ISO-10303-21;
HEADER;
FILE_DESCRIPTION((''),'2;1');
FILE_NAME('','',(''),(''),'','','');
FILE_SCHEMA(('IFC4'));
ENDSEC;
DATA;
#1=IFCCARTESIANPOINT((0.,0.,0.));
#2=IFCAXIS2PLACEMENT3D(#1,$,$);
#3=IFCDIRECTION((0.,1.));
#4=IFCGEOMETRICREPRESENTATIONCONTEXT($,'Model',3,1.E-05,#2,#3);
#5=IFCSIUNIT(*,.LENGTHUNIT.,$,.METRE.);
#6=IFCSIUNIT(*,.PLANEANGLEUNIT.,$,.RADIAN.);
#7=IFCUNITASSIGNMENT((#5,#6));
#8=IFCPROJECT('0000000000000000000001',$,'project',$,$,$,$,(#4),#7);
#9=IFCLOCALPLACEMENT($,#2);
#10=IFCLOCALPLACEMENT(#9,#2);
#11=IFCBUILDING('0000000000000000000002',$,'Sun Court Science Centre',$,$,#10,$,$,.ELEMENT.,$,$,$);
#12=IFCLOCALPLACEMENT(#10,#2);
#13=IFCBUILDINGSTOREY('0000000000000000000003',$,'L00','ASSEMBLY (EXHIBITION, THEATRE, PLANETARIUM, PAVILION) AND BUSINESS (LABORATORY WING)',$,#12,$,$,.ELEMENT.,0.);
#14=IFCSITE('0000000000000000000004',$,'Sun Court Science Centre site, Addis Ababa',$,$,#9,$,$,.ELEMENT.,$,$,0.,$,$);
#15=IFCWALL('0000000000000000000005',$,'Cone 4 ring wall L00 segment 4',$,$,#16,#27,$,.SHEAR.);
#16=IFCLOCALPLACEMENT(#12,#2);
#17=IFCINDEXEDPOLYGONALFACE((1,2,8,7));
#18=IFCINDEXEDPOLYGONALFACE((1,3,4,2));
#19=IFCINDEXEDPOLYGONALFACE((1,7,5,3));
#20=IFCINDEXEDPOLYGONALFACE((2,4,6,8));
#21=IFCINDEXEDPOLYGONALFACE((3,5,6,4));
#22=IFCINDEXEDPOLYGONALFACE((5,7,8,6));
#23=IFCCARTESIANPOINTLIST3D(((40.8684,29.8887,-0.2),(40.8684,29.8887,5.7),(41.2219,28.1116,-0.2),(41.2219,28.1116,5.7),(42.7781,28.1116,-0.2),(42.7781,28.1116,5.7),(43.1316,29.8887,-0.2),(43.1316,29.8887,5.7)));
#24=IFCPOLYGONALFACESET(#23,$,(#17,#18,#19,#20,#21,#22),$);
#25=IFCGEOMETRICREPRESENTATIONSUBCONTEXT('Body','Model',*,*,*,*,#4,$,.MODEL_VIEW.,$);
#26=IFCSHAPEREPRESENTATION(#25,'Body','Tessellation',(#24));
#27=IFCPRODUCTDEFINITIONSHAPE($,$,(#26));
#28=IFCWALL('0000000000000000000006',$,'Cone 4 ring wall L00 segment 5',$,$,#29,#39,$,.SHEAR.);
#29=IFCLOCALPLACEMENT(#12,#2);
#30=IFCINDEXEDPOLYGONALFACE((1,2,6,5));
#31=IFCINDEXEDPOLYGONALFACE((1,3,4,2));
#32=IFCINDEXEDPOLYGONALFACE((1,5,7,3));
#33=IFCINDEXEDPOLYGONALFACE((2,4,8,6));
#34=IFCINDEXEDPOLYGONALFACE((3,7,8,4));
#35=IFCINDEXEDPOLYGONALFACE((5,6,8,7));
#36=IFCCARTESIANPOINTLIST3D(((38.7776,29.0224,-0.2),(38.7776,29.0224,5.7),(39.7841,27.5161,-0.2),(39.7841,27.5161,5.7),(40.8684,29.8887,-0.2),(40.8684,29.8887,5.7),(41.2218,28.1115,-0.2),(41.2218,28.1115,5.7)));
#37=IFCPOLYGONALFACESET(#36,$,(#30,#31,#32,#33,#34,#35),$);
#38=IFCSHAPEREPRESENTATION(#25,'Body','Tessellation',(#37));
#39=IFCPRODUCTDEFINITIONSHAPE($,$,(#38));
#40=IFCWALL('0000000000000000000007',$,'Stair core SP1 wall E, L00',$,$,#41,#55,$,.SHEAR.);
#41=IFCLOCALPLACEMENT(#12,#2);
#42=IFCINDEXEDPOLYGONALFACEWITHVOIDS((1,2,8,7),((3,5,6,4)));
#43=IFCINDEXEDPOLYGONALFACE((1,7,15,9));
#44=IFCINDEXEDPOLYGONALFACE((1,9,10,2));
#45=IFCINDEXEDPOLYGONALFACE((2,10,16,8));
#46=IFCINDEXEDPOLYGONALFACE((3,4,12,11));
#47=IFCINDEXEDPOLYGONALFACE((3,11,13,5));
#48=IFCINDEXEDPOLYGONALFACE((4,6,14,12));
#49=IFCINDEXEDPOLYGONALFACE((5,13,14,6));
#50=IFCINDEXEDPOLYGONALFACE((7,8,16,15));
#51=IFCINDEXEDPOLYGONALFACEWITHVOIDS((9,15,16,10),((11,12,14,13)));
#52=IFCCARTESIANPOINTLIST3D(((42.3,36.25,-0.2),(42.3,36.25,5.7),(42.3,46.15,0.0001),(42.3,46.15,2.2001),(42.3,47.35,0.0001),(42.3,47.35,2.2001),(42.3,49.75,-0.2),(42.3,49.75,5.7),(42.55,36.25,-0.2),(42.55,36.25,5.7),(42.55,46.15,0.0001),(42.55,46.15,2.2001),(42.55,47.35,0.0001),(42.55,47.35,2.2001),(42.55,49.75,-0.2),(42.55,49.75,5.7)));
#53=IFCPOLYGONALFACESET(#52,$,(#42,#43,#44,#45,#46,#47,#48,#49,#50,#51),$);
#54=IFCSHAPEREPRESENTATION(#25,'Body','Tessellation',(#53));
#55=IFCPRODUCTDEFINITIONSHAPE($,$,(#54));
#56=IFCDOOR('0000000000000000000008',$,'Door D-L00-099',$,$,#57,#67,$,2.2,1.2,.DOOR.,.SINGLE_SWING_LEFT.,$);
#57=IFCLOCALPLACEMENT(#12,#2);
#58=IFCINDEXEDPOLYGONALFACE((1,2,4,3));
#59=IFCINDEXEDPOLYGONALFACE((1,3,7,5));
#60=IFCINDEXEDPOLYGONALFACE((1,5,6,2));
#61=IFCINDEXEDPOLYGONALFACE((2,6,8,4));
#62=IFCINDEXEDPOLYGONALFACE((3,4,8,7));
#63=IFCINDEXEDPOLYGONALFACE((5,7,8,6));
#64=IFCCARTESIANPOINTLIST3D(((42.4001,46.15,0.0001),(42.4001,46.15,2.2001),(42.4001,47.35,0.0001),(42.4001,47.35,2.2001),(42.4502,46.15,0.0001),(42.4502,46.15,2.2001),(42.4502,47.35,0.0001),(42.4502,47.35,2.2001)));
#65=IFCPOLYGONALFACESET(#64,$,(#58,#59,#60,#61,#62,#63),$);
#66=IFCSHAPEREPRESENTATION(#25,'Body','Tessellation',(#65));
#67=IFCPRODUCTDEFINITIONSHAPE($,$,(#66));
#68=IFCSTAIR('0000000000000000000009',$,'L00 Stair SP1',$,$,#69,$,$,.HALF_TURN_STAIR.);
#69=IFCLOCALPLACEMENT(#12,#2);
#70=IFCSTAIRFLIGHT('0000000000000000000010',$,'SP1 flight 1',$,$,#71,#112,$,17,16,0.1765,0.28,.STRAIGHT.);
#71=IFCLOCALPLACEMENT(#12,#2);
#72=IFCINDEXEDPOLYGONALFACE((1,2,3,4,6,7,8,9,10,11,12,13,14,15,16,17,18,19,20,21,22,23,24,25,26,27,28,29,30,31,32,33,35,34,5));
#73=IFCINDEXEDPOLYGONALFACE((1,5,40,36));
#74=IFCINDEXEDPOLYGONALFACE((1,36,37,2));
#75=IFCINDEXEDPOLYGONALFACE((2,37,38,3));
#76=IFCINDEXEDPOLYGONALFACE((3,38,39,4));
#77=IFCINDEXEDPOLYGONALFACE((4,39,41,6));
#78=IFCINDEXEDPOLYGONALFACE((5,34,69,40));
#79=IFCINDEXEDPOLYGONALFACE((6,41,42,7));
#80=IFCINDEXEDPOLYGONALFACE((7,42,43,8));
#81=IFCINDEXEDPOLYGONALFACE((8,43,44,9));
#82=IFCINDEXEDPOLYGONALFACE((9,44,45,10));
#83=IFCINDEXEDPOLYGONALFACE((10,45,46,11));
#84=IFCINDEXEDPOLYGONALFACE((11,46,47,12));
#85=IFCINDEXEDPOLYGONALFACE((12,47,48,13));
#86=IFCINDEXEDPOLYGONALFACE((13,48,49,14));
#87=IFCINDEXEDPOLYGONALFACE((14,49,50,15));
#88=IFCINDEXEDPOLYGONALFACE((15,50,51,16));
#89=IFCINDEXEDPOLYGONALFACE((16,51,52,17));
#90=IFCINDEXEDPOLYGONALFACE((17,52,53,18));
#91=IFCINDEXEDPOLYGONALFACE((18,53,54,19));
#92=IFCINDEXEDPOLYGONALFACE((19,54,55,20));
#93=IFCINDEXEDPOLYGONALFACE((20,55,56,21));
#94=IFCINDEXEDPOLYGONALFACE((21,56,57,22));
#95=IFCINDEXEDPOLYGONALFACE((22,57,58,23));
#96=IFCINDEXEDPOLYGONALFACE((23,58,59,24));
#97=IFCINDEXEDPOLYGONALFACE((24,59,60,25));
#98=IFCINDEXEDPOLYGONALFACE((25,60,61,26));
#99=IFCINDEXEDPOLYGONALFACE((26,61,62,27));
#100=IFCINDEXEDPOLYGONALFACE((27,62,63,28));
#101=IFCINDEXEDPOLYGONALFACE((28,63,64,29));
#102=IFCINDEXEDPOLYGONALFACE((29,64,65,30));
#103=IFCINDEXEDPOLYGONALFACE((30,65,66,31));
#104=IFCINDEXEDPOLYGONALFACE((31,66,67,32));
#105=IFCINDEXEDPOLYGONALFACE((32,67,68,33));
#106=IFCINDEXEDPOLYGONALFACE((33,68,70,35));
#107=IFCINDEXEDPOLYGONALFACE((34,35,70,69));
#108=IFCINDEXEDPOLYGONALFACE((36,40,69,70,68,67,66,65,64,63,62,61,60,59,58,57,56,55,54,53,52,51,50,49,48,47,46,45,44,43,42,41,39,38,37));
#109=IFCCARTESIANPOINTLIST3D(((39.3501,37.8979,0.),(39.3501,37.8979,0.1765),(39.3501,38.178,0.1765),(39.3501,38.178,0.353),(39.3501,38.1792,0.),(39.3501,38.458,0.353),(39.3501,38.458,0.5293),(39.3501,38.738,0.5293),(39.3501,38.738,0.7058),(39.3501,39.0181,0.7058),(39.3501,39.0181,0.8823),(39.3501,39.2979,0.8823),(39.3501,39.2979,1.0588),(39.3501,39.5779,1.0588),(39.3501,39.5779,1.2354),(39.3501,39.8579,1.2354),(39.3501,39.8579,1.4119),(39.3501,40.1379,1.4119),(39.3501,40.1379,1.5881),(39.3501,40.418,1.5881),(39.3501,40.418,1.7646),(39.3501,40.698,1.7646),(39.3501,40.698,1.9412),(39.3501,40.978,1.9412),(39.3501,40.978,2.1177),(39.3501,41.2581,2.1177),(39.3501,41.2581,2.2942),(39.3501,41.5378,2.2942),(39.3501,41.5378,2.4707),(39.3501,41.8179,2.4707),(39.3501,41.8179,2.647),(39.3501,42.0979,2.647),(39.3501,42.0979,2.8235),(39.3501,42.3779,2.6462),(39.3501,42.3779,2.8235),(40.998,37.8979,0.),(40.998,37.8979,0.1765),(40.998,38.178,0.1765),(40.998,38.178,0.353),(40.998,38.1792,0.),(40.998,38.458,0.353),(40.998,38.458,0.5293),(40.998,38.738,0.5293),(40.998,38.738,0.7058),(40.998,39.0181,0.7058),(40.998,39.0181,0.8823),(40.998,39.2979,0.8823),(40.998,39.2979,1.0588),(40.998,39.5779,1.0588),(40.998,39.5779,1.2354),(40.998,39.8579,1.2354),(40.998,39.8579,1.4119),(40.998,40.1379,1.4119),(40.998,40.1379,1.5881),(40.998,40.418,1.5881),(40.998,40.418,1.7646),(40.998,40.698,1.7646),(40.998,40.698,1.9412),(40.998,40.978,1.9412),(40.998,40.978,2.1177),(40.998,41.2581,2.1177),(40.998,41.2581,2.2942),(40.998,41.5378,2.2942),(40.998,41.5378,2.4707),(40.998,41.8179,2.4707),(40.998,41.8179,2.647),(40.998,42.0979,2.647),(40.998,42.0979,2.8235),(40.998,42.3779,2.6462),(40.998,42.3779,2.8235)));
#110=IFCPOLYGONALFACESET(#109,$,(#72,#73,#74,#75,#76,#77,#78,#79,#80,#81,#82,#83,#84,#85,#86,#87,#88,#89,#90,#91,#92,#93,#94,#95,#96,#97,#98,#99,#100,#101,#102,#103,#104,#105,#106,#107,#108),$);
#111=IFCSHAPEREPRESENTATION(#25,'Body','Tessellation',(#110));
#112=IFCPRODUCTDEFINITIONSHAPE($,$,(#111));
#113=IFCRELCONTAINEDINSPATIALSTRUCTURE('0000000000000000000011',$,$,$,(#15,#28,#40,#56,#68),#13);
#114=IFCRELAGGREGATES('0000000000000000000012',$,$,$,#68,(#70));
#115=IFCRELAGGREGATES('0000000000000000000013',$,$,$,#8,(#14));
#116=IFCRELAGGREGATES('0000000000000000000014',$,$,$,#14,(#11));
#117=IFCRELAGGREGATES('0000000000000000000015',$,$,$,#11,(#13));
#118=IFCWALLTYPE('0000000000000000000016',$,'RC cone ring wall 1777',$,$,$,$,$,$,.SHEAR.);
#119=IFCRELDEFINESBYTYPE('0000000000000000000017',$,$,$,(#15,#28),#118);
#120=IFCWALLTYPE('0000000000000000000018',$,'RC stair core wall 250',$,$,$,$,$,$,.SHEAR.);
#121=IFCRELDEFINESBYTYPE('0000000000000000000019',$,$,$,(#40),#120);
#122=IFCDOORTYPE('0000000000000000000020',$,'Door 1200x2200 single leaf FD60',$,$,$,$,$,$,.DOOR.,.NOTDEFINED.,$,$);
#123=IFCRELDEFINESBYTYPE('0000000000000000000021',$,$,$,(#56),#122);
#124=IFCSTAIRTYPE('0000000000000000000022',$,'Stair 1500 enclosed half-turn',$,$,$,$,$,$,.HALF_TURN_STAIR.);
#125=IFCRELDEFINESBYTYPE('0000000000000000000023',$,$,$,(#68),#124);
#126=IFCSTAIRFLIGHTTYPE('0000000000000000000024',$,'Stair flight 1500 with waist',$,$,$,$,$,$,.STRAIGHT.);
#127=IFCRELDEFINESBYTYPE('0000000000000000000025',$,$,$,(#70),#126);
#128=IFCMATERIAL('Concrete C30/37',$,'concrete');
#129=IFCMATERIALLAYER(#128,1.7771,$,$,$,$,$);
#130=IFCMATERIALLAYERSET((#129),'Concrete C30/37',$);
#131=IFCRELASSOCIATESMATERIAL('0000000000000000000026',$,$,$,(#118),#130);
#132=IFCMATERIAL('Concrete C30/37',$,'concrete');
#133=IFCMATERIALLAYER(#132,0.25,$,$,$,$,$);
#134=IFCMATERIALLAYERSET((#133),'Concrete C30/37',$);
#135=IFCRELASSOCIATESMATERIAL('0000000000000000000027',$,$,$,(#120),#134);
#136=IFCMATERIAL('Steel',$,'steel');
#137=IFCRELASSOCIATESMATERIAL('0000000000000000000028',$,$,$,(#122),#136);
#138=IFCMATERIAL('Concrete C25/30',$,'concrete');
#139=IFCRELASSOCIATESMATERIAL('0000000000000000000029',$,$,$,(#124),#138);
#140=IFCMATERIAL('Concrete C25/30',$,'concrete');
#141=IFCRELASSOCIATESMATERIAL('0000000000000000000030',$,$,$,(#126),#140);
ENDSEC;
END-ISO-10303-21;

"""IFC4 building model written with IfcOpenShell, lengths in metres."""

from ifc_helpers import new_model, si_unit, direction, frame, frame_2d, origin, place, context, subcontext, project, spatial, polyline, rectangle, outline, extrude, material, layer, layer_set, type_object, element, fill, aggregate, save


model = new_model("IFC4")

# Units and contexts
model_context = context("Model", 3, precision=1e-05, world=origin(), true_north=direction((0.0, 1.0)))
body_context = subcontext(model_context, "Body", "Model", "MODEL_VIEW")
ifc_project = project(units=[si_unit("LENGTHUNIT", "METRE"), si_unit("PLANEANGLEUNIT", "RADIAN")], contexts=[model_context])

# Site, building, storey
site_placement = place(None, origin())
site = spatial("IfcSite", under=ifc_project, at=site_placement, Name="Sun Court Science Centre site, Addis Ababa", CompositionType="ELEMENT", RefElevation=0.0)
building_placement = place(site_placement, origin())
building = spatial("IfcBuilding", under=site, at=building_placement, Name="Sun Court Science Centre", CompositionType="ELEMENT")
storey_placement = place(building_placement, origin())
storey = spatial("IfcBuildingStorey", under=building, at=storey_placement, Name="L00", Description="ASSEMBLY (EXHIBITION, THEATRE, PLANETARIUM, PAVILION) AND BUSINESS (LABORATORY WING)", CompositionType="ELEMENT", Elevation=0.0)

# Walls
ifc_material_1 = material(Name="Concrete C30/37", Category="concrete")
ifc_layer_1 = layer(ifc_material_1, 1.7771)
ifc_layer_set_1 = layer_set([ifc_layer_1], Name="Concrete C30/37")
wall_type_1 = type_object("IfcWallType", Name="RC cone ring wall 1777", PredefinedType="SHEAR", material=ifc_layer_set_1)
wall_1_placement = place(storey_placement, frame((43.1316, 29.0, -0.2), z_axis=(0.0, 0.0, 1.0), x_axis=(-1.0, 0.0, 0.0)))
element("IfcWall", 1, at=wall_1_placement, inside=storey, type_object=wall_type_1, Name="Cone 4 ring wall L00 segment 4", PredefinedType="SHEAR", context=body_context, shape_type="SweptSolid", body=[
    extrude(outline(polyline([(0.0, -0.8887), (2.2632, -0.8887), (1.9097, 0.8884), (0.3535, 0.8884), (0.0, -0.8887)])), origin(), (0.0, 0.0, 1.0), 5.8999),
])
wall_2_placement = place(storey_placement, frame((41.2085, 29.0676, -0.2), z_axis=(0.0, 0.0, 1.0), x_axis=(-0.923892, -0.382654, 0.0)))
element("IfcWall", 2, at=wall_2_placement, inside=storey, type_object=wall_type_1, Name="Cone 4 ring wall L00 segment 5", PredefinedType="SHEAR", context=body_context, shape_type="SweptSolid", body=[
    extrude(outline(polyline([(0.0, -0.8887), (2.2632, -0.8884), (1.9097, 0.8884), (0.3535, 0.8884), (0.0, -0.8887)])), origin(), (0.0, 0.0, 1.0), 5.8999),
])

# Wall, opening, door
ifc_material_2 = material(Name="Concrete C30/37", Category="concrete")
ifc_layer_2 = layer(ifc_material_2, 0.25)
ifc_layer_set_2 = layer_set([ifc_layer_2], Name="Concrete C30/37")
wall_type_2 = type_object("IfcWallType", Name="RC stair core wall 250", PredefinedType="SHEAR", material=ifc_layer_set_2)
wall_3_placement = place(storey_placement, frame((42.425, 36.25, -0.2), z_axis=(0.0, 0.0, 1.0), x_axis=(0.0, 1.0, 0.0)))
wall_3 = element("IfcWall", 3, at=wall_3_placement, inside=storey, type_object=wall_type_2, Name="Stair core SP1 wall E, L00", PredefinedType="SHEAR", context=body_context, shape_type="SweptSolid", body=[
    extrude(rectangle(XDim=13.5, YDim=0.25, at=frame_2d((6.75, 0.0))), origin(), (0.0, 0.0, 1.0), 5.8999),
])
opening_placement = place(wall_3_placement, frame((9.8999, 0.0, 0.2)))
opening = element("IfcOpeningElement", 4, at=opening_placement, cuts=wall_3, PredefinedType="OPENING", context=body_context, shape_type="SweptSolid", body=[
    extrude(rectangle(XDim=1.2, YDim=2.2, at=frame_2d((0.6001, 1.1001))), frame((0.0, 0.135, 0.0), z_axis=(0.0, -1.0, 0.0), x_axis=(1.0, 0.0, 0.0)), (0.0, 0.0, 1.0), 0.27),
])
ifc_material_3 = material(Name="Steel", Category="steel")
door_type = type_object("IfcDoorType", Name="Door 1200x2200 single leaf FD60", OperationType="NOTDEFINED", PredefinedType="DOOR", material=ifc_material_3)
door_placement = place(opening_placement, origin())
door = element("IfcDoor", 5, at=door_placement, inside=storey, type_object=door_type, Name="Door D-L00-099", OperationType="SINGLE_SWING_LEFT", OverallHeight=2.2, OverallWidth=1.2, PredefinedType="DOOR", context=body_context, shape_type="SweptSolid", body=[
    extrude(rectangle(XDim=1.2, YDim=2.2, at=frame_2d((0.6001, 1.1001))), frame((0.0, 0.0249, 0.0), z_axis=(0.0, -1.0, 0.0), x_axis=(1.0, 0.0, 0.0)), (0.0, 0.0, 1.0), 0.05),
])
fill(opening, door)

# Stair, stair flight
ifc_material_4 = material(Name="Concrete C25/30", Category="concrete")
stair_type = type_object("IfcStairType", Name="Stair 1500 enclosed half-turn", PredefinedType="HALF_TURN_STAIR", material=ifc_material_4)
stair_placement = place(storey_placement, origin())
stair = element("IfcStair", 6, at=stair_placement, inside=storey, type_object=stair_type, Name="L00 Stair SP1", PredefinedType="HALF_TURN_STAIR")
ifc_material_5 = material(Name="Concrete C25/30", Category="concrete")
stair_flight_type = type_object("IfcStairFlightType", Name="Stair flight 1500 with waist", PredefinedType="STRAIGHT", material=ifc_material_5)
stair_flight_placement = place(storey_placement, frame((40.1741, 37.8979, 0.0), z_axis=(0.0, 0.0, 1.0), x_axis=(0.0, 1.0, 0.0)))
stair_flight = element("IfcStairFlight", 7, at=stair_flight_placement, type_object=stair_flight_type, Name="SP1 flight 1", NumberOfRisers=17, NumberOfTreads=16, PredefinedType="STRAIGHT", RiserHeight=0.1765, TreadLength=0.28, context=body_context, shape_type="SweptSolid", body=[
    extrude(outline(polyline([(0.0, 0.0), (0.0, 0.1765), (0.28, 0.1765), (0.28, 0.353), (0.5601, 0.353), (0.5601, 0.5293), (0.8401, 0.5293), (0.8401, 0.7058), (1.1201, 0.7058), (1.1201, 0.8823), (1.3999, 0.8823), (1.3999, 1.0588), (1.6799, 1.0588), (1.6799, 1.2354), (1.96, 1.2354), (1.96, 1.4119), (2.24, 1.4119), (2.24, 1.5881), (2.52, 1.5881), (2.52, 1.7646), (2.8, 1.7646), (2.8, 1.9412), (3.0801, 1.9412), (3.0801, 2.1177), (3.3601, 2.1177), (3.3601, 2.2942), (3.6399, 2.2942), (3.6399, 2.4707), (3.9199, 2.4707), (3.9199, 2.647), (4.2, 2.647), (4.2, 2.8235), (4.48, 2.8235), (4.48, 3.0), (4.48, 2.6462), (0.2812, 0.0), (0.0, 0.0)])), frame((0.0, 0.824, 0.0), z_axis=(0.0, -1.0, 0.0), x_axis=(1.0, 0.0, 0.0)), (0.0, 0.0, 1.0), 1.6479),
])
aggregate(stair, [stair_flight])

save(model, "model.ifc")
